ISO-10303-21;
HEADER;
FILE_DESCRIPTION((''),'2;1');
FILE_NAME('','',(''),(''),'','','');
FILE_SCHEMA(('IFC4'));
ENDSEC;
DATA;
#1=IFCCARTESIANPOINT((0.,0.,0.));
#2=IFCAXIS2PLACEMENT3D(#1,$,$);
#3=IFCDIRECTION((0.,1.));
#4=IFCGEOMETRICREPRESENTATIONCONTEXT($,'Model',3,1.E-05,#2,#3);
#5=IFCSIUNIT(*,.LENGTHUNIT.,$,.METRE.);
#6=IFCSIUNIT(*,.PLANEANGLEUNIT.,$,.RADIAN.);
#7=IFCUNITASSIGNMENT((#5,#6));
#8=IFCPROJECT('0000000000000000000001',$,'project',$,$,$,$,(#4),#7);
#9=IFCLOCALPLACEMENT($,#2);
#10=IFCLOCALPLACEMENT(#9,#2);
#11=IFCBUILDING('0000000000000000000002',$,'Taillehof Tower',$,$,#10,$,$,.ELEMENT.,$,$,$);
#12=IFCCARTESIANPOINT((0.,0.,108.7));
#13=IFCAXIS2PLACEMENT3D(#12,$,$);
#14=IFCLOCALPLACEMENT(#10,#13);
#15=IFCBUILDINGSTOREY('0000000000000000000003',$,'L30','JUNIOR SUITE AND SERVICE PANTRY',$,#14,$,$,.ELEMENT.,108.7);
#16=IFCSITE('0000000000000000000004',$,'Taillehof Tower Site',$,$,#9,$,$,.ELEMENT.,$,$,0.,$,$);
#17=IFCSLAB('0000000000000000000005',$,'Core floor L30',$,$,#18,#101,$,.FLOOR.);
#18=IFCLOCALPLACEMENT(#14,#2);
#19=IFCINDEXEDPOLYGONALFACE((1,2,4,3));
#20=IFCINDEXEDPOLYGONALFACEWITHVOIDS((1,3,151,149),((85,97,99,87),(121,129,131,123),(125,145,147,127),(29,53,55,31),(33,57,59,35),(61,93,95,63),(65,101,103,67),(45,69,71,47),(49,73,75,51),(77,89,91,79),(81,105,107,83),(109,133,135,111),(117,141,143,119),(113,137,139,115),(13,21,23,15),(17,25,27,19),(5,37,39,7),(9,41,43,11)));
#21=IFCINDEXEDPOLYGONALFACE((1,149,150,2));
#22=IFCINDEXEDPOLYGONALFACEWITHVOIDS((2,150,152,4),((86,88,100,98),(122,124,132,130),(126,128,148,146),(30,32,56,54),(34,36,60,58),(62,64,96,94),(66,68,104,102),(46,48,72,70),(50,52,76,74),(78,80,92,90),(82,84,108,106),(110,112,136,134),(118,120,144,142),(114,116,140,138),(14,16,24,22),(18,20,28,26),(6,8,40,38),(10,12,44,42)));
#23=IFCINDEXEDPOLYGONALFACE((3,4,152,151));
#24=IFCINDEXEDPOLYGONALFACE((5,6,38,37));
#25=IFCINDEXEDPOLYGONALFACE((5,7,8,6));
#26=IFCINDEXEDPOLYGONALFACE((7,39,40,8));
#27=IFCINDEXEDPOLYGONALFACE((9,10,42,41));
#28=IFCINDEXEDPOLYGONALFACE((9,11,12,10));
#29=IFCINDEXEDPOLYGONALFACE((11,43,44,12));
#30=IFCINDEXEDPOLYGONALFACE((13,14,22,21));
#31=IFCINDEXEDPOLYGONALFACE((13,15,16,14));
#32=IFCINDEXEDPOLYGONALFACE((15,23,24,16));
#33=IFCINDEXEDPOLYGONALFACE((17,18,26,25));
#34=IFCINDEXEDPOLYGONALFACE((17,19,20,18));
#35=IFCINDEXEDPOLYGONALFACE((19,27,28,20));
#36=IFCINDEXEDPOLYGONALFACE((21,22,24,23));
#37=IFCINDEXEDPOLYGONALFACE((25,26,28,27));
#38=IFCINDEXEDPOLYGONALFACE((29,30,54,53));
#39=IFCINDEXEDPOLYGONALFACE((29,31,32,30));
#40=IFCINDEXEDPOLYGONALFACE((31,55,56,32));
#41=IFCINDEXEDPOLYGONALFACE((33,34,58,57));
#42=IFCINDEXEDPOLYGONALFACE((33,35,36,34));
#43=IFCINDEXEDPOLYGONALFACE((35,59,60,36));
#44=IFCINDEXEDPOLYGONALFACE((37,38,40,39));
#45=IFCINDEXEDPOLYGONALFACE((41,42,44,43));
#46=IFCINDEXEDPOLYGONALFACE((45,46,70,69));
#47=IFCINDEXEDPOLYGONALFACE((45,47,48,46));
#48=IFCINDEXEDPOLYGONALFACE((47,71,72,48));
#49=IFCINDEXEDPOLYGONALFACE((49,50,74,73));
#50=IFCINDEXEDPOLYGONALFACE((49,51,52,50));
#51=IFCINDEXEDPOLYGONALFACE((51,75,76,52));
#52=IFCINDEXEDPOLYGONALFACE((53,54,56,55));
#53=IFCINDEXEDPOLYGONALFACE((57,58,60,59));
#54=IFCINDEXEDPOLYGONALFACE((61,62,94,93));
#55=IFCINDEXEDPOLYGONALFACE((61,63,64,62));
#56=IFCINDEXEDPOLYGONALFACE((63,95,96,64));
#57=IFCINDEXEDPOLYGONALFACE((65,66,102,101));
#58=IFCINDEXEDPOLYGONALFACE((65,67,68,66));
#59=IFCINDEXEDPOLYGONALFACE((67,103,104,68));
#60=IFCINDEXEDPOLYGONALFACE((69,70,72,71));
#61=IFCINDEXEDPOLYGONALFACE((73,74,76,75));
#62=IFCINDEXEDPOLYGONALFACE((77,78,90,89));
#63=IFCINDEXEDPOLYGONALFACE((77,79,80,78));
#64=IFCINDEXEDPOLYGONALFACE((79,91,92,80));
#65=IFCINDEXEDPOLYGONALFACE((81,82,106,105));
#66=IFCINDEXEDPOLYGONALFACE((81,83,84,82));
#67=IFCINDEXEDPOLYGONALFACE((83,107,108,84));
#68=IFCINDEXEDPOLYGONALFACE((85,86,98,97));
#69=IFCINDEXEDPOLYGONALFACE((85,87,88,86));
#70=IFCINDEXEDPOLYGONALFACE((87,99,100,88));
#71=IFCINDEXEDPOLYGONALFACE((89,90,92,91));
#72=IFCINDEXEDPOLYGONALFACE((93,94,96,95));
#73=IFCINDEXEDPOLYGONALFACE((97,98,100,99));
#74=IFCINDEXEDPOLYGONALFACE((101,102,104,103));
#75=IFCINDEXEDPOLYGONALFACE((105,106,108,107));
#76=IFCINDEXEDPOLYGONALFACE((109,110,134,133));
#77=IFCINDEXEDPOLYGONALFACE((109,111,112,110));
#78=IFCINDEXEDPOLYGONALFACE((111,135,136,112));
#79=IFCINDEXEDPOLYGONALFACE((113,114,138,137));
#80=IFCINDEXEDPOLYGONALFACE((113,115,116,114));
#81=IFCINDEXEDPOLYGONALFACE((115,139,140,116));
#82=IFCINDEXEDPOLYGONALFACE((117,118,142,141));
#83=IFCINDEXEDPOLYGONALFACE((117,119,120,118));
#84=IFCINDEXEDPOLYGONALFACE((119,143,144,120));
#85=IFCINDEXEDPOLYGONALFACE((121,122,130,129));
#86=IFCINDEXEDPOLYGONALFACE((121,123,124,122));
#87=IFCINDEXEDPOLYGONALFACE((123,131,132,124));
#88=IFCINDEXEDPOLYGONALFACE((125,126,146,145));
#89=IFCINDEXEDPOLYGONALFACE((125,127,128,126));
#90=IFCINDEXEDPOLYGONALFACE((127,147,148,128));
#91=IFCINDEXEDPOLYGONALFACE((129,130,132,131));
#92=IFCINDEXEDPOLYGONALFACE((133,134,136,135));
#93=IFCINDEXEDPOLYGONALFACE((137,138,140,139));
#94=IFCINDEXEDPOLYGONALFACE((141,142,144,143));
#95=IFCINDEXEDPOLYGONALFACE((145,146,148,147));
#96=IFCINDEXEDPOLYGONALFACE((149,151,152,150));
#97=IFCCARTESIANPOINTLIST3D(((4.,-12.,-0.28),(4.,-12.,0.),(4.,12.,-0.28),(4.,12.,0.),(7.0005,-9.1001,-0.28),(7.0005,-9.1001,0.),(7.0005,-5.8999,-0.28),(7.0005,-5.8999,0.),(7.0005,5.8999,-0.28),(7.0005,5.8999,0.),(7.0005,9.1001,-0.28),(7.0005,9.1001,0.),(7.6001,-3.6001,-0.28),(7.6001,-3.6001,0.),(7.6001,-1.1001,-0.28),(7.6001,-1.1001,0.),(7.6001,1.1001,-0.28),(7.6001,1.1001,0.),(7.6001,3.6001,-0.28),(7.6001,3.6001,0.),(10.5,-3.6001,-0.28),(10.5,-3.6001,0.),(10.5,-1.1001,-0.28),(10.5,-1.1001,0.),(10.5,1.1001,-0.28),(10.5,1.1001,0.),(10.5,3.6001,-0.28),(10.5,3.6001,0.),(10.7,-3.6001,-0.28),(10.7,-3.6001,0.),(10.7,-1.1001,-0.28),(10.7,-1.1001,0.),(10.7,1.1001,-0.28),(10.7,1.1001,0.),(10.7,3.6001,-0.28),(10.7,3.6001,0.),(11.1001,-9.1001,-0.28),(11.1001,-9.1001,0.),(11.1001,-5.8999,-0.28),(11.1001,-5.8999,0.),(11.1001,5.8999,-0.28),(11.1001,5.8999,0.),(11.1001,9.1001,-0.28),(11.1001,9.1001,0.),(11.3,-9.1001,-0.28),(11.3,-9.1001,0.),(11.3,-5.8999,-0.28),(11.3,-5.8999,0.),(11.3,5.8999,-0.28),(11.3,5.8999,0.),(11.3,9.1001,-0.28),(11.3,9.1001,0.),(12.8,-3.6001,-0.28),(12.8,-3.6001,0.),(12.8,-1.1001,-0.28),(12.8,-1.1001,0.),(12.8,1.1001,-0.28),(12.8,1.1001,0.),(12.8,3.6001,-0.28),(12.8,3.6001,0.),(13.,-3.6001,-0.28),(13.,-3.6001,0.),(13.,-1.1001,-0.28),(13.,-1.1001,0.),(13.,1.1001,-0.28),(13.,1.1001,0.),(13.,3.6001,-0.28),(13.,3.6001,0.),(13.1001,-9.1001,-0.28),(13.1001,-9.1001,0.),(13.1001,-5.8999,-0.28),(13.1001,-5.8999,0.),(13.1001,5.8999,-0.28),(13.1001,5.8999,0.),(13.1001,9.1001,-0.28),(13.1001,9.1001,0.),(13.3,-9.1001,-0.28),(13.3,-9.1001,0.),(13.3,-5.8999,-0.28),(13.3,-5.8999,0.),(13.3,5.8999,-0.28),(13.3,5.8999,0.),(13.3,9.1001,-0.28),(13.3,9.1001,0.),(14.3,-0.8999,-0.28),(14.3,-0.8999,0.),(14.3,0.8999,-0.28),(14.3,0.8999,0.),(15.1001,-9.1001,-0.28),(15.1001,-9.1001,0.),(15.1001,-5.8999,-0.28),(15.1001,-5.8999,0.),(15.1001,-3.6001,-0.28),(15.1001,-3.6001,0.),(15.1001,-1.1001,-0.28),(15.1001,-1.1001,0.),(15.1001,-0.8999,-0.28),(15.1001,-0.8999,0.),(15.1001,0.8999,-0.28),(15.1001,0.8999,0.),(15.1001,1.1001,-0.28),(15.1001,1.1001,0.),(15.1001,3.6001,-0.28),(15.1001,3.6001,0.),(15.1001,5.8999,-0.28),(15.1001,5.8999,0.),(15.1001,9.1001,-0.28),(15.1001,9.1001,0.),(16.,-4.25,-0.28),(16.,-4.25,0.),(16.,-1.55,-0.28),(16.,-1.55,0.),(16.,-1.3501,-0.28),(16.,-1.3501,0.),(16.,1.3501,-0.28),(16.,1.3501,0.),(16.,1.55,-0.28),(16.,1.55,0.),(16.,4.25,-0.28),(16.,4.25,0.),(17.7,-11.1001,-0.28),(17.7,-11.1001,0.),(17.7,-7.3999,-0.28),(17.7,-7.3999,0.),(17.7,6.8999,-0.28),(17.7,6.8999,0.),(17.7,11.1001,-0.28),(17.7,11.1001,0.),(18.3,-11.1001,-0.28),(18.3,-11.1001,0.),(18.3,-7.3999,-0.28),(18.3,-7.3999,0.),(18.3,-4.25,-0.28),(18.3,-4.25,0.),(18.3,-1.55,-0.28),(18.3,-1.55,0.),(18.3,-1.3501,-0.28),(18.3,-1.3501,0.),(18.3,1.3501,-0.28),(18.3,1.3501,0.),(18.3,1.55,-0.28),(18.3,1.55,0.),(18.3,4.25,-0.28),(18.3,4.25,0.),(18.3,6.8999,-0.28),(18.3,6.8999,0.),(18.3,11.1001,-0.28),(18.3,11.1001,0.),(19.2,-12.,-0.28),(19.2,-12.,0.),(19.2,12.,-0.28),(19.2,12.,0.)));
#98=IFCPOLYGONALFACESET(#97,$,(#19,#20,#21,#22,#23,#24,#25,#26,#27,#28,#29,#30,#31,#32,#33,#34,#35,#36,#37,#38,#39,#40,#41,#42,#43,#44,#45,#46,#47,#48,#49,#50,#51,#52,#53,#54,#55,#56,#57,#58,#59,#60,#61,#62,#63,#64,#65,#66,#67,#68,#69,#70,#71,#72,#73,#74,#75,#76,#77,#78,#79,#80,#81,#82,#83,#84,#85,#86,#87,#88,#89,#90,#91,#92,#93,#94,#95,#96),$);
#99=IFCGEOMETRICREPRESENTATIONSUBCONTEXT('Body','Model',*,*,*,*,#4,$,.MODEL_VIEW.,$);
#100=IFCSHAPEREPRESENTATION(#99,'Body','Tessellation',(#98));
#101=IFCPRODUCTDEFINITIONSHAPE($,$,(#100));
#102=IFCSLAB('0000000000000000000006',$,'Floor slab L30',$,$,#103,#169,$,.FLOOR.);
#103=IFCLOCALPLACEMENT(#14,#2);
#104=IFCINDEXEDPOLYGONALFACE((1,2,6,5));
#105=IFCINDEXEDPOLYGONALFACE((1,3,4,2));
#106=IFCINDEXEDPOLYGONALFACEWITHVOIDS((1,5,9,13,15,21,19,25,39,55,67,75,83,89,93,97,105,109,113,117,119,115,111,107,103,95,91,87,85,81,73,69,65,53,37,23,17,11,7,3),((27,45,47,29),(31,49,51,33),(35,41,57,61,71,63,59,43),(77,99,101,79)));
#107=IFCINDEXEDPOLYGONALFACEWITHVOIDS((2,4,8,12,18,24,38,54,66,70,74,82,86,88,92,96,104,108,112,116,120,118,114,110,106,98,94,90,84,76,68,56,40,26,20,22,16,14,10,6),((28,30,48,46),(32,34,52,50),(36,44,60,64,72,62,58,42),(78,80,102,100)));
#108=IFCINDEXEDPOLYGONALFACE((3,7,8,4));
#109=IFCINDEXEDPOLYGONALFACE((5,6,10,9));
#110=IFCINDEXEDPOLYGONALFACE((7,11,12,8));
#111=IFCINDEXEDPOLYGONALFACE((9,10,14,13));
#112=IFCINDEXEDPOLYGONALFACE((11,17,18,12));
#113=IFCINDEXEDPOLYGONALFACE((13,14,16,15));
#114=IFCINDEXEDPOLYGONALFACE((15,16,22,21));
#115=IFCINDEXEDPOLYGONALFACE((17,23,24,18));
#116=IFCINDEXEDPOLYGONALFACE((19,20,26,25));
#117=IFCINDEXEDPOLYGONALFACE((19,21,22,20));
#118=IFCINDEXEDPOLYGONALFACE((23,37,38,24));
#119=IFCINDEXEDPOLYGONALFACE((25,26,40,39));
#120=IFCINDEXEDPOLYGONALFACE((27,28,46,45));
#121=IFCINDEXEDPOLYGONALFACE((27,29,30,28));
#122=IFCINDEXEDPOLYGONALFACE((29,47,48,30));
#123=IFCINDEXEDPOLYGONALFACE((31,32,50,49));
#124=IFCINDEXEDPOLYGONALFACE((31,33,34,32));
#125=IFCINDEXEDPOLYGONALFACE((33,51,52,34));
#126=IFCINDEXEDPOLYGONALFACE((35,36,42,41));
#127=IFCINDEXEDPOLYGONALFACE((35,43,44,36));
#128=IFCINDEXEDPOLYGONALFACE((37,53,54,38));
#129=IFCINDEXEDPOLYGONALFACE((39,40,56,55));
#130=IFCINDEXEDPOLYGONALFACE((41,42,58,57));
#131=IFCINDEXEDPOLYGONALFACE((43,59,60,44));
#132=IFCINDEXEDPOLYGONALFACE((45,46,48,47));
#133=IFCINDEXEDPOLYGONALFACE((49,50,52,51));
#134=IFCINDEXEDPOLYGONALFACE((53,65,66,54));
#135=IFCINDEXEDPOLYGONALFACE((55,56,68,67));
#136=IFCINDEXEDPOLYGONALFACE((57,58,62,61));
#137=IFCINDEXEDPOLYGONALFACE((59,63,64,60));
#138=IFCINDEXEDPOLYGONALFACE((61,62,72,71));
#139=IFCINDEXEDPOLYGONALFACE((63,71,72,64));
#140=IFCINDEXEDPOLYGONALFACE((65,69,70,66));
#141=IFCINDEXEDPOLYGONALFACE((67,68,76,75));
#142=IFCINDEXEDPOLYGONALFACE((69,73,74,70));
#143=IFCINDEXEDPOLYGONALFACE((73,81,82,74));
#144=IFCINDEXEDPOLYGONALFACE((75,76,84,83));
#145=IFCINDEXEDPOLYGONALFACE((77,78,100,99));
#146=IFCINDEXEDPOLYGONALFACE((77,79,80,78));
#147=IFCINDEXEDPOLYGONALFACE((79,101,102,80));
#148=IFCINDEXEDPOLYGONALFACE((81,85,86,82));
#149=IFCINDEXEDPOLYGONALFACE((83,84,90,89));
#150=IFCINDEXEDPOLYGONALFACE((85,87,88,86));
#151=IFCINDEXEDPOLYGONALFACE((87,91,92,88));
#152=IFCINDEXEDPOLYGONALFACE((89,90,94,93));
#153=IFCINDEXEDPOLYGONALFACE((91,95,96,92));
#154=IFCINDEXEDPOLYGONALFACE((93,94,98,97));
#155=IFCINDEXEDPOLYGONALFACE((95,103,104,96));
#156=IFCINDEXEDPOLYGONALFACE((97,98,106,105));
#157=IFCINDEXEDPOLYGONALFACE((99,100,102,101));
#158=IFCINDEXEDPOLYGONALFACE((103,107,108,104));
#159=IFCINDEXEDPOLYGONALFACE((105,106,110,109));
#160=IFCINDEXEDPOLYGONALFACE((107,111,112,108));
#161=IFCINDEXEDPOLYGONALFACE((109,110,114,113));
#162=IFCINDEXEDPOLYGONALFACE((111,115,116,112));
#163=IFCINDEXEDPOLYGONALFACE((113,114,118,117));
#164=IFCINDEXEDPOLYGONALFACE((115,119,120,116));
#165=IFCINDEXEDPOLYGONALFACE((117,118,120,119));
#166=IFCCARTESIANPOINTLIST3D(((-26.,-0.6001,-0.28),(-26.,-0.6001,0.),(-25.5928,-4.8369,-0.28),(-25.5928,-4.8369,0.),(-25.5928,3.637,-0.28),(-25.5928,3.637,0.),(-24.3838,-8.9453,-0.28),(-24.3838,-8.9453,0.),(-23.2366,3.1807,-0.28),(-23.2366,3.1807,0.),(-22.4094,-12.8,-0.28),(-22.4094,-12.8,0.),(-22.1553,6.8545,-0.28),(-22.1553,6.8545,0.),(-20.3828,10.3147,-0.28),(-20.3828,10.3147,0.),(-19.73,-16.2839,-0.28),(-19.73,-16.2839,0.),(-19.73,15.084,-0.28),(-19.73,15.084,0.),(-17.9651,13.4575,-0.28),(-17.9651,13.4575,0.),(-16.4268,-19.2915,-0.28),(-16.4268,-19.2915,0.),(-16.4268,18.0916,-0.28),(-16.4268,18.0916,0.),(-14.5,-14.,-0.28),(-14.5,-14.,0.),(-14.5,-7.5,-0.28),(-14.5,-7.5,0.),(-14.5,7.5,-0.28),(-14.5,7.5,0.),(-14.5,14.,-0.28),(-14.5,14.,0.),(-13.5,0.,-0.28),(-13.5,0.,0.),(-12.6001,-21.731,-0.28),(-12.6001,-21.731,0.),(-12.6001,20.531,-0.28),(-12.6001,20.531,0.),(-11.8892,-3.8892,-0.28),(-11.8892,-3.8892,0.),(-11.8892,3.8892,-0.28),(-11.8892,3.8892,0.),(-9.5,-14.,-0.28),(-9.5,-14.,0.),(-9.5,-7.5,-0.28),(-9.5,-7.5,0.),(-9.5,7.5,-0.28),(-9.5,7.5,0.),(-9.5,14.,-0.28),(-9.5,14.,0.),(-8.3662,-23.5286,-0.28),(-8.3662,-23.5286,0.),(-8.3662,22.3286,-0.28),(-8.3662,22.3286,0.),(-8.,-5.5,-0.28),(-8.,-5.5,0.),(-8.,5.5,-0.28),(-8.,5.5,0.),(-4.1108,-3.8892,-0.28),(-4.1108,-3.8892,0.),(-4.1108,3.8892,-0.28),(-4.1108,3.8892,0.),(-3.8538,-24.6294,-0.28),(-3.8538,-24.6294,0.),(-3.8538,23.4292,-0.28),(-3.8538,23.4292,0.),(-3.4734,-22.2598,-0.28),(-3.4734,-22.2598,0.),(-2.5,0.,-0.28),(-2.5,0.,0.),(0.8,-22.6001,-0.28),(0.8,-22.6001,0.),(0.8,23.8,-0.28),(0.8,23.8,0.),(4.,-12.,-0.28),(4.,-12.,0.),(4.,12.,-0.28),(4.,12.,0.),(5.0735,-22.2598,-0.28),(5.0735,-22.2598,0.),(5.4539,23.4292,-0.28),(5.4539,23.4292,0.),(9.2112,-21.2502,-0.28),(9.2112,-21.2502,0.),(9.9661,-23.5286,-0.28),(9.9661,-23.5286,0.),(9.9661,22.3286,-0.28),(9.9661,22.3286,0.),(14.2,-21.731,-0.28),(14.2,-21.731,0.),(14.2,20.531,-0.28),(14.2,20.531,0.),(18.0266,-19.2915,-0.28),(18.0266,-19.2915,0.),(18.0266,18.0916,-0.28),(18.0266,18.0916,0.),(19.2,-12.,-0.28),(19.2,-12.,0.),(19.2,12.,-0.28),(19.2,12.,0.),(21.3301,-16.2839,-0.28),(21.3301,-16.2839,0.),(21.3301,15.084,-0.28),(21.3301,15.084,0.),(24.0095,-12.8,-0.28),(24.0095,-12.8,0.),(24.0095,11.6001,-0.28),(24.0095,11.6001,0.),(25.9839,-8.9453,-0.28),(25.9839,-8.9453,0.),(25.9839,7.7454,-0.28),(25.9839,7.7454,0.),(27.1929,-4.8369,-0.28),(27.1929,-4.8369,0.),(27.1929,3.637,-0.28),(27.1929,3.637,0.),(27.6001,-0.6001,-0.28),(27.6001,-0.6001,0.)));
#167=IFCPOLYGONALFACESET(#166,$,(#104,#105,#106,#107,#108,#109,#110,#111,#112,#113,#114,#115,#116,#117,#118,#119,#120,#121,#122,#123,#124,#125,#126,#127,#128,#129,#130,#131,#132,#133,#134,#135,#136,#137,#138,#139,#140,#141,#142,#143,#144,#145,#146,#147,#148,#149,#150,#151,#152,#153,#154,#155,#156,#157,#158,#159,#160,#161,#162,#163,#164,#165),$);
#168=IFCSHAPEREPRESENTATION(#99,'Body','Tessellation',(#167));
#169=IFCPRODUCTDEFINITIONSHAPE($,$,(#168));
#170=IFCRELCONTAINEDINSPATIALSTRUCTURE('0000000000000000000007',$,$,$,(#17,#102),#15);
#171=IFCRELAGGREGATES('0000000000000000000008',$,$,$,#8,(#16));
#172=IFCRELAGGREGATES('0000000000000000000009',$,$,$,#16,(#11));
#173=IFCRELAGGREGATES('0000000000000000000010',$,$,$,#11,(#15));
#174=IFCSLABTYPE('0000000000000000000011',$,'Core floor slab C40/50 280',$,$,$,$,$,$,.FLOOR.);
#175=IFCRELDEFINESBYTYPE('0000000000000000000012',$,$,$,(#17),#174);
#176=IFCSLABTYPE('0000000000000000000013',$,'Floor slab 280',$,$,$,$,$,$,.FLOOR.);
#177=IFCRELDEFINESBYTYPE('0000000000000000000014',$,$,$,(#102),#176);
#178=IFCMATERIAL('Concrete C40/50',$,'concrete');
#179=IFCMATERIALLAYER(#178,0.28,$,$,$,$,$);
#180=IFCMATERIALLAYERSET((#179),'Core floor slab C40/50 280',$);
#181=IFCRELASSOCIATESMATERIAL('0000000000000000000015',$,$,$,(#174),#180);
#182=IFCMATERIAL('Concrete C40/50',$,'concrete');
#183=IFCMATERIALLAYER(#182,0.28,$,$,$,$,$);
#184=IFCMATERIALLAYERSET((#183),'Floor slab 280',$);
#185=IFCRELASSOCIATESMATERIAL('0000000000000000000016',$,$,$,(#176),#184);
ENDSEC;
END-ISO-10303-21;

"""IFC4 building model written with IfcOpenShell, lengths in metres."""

from ifc_helpers import new_model, si_unit, direction, frame, origin, place, context, subcontext, project, spatial, polyline, outline, extrude, material, layer, layer_set, type_object, element, save


model = new_model("IFC4")

# Units and contexts
model_context = context("Model", 3, precision=1e-05, world=origin(), true_north=direction((0.0, 1.0)))
body_context = subcontext(model_context, "Body", "Model", "MODEL_VIEW")
ifc_project = project(units=[si_unit("LENGTHUNIT", "METRE"), si_unit("PLANEANGLEUNIT", "RADIAN")], contexts=[model_context])

# Site, building, storey
site_placement = place(None, origin())
site = spatial("IfcSite", under=ifc_project, at=site_placement, Name="Taillehof Tower Site", CompositionType="ELEMENT", RefElevation=0.0)
building_placement = place(site_placement, origin())
building = spatial("IfcBuilding", under=site, at=building_placement, Name="Taillehof Tower", CompositionType="ELEMENT")
storey_placement = place(building_placement, frame((0.0, 0.0, 108.7)))
storey = spatial("IfcBuildingStorey", under=building, at=storey_placement, Name="L30", Description="JUNIOR SUITE AND SERVICE PANTRY", CompositionType="ELEMENT", Elevation=108.7)

# Slabs
ifc_material_1 = material(Name="Concrete C40/50", Category="concrete")
ifc_layer_1 = layer(ifc_material_1, 0.28)
ifc_layer_set_1 = layer_set([ifc_layer_1], Name="Core floor slab C40/50 280")
slab_type_1 = type_object("IfcSlabType", Name="Core floor slab C40/50 280", PredefinedType="FLOOR", material=ifc_layer_set_1)
slab_1_placement = place(storey_placement, frame((0.0, 0.0, -0.28)))
element("IfcSlab", 1, at=slab_1_placement, inside=storey, type_object=slab_type_1, Name="Core floor L30", PredefinedType="FLOOR", context=body_context, shape_type="SweptSolid", body=[
    extrude(outline(polyline([(4.0, -12.0), (4.0, 12.0), (19.2, 12.0), (19.2, -12.0), (4.0, -12.0)]), holes=[polyline([(7.0005, -9.1001), (11.1001, -9.1001), (11.1001, -5.8999), (7.0005, -5.8999), (7.0005, -9.1001)]), polyline([(13.1001, -9.1001), (13.1001, -5.8999), (11.3, -5.8999), (11.3, -9.1001), (13.1001, -9.1001)]), polyline([(10.5, -3.6001), (10.5, -1.1001), (7.6001, -1.1001), (7.6001, -3.6001), (10.5, -3.6001)]), polyline([(12.8, -3.6001), (12.8, -1.1001), (10.7, -1.1001), (10.7, -3.6001), (12.8, -3.6001)]), polyline([(10.5, 1.1001), (10.5, 3.6001), (7.6001, 3.6001), (7.6001, 1.1001), (10.5, 1.1001)]), polyline([(12.8, 1.1001), (12.8, 3.6001), (10.7, 3.6001), (10.7, 1.1001), (12.8, 1.1001)]), polyline([(15.1001, 1.1001), (15.1001, 3.6001), (13.0, 3.6001), (13.0, 1.1001), (15.1001, 1.1001)]), polyline([(11.3, 5.8999), (13.1001, 5.8999), (13.1001, 9.1001), (11.3, 9.1001), (11.3, 5.8999)]), polyline([(7.0005, 5.8999), (11.1001, 5.8999), (11.1001, 9.1001), (7.0005, 9.1001), (7.0005, 5.8999)]), polyline([(18.3, -11.1001), (18.3, -7.3999), (17.7, -7.3999), (17.7, -11.1001), (18.3, -11.1001)]), polyline([(15.1001, -9.1001), (15.1001, -5.8999), (13.3, -5.8999), (13.3, -9.1001), (15.1001, -9.1001)]), polyline([(18.3, -4.25), (18.3, -1.55), (16.0, -1.55), (16.0, -4.25), (18.3, -4.25)]), polyline([(15.1001, -3.6001), (15.1001, -1.1001), (13.0, -1.1001), (13.0, -3.6001), (15.1001, -3.6001)]), polyline([(15.1001, -0.8999), (15.1001, 0.8999), (14.3, 0.8999), (14.3, -0.8999), (15.1001, -0.8999)]), polyline([(18.3, -1.3501), (18.3, 1.3501), (16.0, 1.3501), (16.0, -1.3501), (18.3, -1.3501)]), polyline([(18.3, 1.55), (18.3, 4.25), (16.0, 4.25), (16.0, 1.55), (18.3, 1.55)]), polyline([(13.3, 5.8999), (15.1001, 5.8999), (15.1001, 9.1001), (13.3, 9.1001), (13.3, 5.8999)]), polyline([(17.7, 6.8999), (18.3, 6.8999), (18.3, 11.1001), (17.7, 11.1001), (17.7, 6.8999)])]), origin(), (0.0, 0.0, 1.0), 0.28),
])
ifc_material_2 = material(Name="Concrete C40/50", Category="concrete")
ifc_layer_2 = layer(ifc_material_2, 0.28)
ifc_layer_set_2 = layer_set([ifc_layer_2], Name="Floor slab 280")
slab_type_2 = type_object("IfcSlabType", Name="Floor slab 280", PredefinedType="FLOOR", material=ifc_layer_set_2)
slab_2_placement = place(storey_placement, frame((0.0, 0.0, -0.28)))
element("IfcSlab", 2, at=slab_2_placement, inside=storey, type_object=slab_type_2, Name="Floor slab L30", PredefinedType="FLOOR", context=body_context, shape_type="SweptSolid", body=[
    extrude(outline(polyline([(27.6001, -0.6001), (27.1929, 3.637), (25.9839, 7.7454), (24.0095, 11.6001), (21.3301, 15.084), (18.0266, 18.0916), (14.2, 20.531), (9.9661, 22.3286), (5.4539, 23.4292), (0.8, 23.8), (-3.8538, 23.4292), (-8.3662, 22.3286), (-12.6001, 20.531), (-16.4268, 18.0916), (-19.73, 15.084), (-17.9651, 13.4575), (-20.3828, 10.3147), (-22.1553, 6.8545), (-23.2366, 3.1807), (-25.5928, 3.637), (-26.0, -0.6001), (-25.5928, -4.8369), (-24.3838, -8.9453), (-22.4094, -12.8), (-19.73, -16.2839), (-16.4268, -19.2915), (-12.6001, -21.731), (-8.3662, -23.5286), (-3.8538, -24.6294), (-3.4734, -22.2598), (0.8, -22.6001), (5.0735, -22.2598), (9.2112, -21.2502), (9.9661, -23.5286), (14.2, -21.731), (18.0266, -19.2915), (21.3301, -16.2839), (24.0095, -12.8), (25.9839, -8.9453), (27.1929, -4.8369), (27.6001, -0.6001)]), holes=[polyline([(-14.5, -7.5), (-9.5, -7.5), (-9.5, -14.0), (-14.5, -14.0), (-14.5, -7.5)]), polyline([(-8.0, -5.5), (-11.8892, -3.8892), (-13.5, 0.0), (-11.8892, 3.8892), (-8.0, 5.5), (-4.1108, 3.8892), (-2.5, 0.0), (-4.1108, -3.8892), (-8.0, -5.5)]), polyline([(19.2, 12.0), (19.2, -12.0), (4.0, -12.0), (4.0, 12.0), (19.2, 12.0)]), polyline([(-14.5, 14.0), (-9.5, 14.0), (-9.5, 7.5), (-14.5, 7.5), (-14.5, 14.0)])]), origin(), (0.0, 0.0, 1.0), 0.28),
])

save(model, "model.ifc")
